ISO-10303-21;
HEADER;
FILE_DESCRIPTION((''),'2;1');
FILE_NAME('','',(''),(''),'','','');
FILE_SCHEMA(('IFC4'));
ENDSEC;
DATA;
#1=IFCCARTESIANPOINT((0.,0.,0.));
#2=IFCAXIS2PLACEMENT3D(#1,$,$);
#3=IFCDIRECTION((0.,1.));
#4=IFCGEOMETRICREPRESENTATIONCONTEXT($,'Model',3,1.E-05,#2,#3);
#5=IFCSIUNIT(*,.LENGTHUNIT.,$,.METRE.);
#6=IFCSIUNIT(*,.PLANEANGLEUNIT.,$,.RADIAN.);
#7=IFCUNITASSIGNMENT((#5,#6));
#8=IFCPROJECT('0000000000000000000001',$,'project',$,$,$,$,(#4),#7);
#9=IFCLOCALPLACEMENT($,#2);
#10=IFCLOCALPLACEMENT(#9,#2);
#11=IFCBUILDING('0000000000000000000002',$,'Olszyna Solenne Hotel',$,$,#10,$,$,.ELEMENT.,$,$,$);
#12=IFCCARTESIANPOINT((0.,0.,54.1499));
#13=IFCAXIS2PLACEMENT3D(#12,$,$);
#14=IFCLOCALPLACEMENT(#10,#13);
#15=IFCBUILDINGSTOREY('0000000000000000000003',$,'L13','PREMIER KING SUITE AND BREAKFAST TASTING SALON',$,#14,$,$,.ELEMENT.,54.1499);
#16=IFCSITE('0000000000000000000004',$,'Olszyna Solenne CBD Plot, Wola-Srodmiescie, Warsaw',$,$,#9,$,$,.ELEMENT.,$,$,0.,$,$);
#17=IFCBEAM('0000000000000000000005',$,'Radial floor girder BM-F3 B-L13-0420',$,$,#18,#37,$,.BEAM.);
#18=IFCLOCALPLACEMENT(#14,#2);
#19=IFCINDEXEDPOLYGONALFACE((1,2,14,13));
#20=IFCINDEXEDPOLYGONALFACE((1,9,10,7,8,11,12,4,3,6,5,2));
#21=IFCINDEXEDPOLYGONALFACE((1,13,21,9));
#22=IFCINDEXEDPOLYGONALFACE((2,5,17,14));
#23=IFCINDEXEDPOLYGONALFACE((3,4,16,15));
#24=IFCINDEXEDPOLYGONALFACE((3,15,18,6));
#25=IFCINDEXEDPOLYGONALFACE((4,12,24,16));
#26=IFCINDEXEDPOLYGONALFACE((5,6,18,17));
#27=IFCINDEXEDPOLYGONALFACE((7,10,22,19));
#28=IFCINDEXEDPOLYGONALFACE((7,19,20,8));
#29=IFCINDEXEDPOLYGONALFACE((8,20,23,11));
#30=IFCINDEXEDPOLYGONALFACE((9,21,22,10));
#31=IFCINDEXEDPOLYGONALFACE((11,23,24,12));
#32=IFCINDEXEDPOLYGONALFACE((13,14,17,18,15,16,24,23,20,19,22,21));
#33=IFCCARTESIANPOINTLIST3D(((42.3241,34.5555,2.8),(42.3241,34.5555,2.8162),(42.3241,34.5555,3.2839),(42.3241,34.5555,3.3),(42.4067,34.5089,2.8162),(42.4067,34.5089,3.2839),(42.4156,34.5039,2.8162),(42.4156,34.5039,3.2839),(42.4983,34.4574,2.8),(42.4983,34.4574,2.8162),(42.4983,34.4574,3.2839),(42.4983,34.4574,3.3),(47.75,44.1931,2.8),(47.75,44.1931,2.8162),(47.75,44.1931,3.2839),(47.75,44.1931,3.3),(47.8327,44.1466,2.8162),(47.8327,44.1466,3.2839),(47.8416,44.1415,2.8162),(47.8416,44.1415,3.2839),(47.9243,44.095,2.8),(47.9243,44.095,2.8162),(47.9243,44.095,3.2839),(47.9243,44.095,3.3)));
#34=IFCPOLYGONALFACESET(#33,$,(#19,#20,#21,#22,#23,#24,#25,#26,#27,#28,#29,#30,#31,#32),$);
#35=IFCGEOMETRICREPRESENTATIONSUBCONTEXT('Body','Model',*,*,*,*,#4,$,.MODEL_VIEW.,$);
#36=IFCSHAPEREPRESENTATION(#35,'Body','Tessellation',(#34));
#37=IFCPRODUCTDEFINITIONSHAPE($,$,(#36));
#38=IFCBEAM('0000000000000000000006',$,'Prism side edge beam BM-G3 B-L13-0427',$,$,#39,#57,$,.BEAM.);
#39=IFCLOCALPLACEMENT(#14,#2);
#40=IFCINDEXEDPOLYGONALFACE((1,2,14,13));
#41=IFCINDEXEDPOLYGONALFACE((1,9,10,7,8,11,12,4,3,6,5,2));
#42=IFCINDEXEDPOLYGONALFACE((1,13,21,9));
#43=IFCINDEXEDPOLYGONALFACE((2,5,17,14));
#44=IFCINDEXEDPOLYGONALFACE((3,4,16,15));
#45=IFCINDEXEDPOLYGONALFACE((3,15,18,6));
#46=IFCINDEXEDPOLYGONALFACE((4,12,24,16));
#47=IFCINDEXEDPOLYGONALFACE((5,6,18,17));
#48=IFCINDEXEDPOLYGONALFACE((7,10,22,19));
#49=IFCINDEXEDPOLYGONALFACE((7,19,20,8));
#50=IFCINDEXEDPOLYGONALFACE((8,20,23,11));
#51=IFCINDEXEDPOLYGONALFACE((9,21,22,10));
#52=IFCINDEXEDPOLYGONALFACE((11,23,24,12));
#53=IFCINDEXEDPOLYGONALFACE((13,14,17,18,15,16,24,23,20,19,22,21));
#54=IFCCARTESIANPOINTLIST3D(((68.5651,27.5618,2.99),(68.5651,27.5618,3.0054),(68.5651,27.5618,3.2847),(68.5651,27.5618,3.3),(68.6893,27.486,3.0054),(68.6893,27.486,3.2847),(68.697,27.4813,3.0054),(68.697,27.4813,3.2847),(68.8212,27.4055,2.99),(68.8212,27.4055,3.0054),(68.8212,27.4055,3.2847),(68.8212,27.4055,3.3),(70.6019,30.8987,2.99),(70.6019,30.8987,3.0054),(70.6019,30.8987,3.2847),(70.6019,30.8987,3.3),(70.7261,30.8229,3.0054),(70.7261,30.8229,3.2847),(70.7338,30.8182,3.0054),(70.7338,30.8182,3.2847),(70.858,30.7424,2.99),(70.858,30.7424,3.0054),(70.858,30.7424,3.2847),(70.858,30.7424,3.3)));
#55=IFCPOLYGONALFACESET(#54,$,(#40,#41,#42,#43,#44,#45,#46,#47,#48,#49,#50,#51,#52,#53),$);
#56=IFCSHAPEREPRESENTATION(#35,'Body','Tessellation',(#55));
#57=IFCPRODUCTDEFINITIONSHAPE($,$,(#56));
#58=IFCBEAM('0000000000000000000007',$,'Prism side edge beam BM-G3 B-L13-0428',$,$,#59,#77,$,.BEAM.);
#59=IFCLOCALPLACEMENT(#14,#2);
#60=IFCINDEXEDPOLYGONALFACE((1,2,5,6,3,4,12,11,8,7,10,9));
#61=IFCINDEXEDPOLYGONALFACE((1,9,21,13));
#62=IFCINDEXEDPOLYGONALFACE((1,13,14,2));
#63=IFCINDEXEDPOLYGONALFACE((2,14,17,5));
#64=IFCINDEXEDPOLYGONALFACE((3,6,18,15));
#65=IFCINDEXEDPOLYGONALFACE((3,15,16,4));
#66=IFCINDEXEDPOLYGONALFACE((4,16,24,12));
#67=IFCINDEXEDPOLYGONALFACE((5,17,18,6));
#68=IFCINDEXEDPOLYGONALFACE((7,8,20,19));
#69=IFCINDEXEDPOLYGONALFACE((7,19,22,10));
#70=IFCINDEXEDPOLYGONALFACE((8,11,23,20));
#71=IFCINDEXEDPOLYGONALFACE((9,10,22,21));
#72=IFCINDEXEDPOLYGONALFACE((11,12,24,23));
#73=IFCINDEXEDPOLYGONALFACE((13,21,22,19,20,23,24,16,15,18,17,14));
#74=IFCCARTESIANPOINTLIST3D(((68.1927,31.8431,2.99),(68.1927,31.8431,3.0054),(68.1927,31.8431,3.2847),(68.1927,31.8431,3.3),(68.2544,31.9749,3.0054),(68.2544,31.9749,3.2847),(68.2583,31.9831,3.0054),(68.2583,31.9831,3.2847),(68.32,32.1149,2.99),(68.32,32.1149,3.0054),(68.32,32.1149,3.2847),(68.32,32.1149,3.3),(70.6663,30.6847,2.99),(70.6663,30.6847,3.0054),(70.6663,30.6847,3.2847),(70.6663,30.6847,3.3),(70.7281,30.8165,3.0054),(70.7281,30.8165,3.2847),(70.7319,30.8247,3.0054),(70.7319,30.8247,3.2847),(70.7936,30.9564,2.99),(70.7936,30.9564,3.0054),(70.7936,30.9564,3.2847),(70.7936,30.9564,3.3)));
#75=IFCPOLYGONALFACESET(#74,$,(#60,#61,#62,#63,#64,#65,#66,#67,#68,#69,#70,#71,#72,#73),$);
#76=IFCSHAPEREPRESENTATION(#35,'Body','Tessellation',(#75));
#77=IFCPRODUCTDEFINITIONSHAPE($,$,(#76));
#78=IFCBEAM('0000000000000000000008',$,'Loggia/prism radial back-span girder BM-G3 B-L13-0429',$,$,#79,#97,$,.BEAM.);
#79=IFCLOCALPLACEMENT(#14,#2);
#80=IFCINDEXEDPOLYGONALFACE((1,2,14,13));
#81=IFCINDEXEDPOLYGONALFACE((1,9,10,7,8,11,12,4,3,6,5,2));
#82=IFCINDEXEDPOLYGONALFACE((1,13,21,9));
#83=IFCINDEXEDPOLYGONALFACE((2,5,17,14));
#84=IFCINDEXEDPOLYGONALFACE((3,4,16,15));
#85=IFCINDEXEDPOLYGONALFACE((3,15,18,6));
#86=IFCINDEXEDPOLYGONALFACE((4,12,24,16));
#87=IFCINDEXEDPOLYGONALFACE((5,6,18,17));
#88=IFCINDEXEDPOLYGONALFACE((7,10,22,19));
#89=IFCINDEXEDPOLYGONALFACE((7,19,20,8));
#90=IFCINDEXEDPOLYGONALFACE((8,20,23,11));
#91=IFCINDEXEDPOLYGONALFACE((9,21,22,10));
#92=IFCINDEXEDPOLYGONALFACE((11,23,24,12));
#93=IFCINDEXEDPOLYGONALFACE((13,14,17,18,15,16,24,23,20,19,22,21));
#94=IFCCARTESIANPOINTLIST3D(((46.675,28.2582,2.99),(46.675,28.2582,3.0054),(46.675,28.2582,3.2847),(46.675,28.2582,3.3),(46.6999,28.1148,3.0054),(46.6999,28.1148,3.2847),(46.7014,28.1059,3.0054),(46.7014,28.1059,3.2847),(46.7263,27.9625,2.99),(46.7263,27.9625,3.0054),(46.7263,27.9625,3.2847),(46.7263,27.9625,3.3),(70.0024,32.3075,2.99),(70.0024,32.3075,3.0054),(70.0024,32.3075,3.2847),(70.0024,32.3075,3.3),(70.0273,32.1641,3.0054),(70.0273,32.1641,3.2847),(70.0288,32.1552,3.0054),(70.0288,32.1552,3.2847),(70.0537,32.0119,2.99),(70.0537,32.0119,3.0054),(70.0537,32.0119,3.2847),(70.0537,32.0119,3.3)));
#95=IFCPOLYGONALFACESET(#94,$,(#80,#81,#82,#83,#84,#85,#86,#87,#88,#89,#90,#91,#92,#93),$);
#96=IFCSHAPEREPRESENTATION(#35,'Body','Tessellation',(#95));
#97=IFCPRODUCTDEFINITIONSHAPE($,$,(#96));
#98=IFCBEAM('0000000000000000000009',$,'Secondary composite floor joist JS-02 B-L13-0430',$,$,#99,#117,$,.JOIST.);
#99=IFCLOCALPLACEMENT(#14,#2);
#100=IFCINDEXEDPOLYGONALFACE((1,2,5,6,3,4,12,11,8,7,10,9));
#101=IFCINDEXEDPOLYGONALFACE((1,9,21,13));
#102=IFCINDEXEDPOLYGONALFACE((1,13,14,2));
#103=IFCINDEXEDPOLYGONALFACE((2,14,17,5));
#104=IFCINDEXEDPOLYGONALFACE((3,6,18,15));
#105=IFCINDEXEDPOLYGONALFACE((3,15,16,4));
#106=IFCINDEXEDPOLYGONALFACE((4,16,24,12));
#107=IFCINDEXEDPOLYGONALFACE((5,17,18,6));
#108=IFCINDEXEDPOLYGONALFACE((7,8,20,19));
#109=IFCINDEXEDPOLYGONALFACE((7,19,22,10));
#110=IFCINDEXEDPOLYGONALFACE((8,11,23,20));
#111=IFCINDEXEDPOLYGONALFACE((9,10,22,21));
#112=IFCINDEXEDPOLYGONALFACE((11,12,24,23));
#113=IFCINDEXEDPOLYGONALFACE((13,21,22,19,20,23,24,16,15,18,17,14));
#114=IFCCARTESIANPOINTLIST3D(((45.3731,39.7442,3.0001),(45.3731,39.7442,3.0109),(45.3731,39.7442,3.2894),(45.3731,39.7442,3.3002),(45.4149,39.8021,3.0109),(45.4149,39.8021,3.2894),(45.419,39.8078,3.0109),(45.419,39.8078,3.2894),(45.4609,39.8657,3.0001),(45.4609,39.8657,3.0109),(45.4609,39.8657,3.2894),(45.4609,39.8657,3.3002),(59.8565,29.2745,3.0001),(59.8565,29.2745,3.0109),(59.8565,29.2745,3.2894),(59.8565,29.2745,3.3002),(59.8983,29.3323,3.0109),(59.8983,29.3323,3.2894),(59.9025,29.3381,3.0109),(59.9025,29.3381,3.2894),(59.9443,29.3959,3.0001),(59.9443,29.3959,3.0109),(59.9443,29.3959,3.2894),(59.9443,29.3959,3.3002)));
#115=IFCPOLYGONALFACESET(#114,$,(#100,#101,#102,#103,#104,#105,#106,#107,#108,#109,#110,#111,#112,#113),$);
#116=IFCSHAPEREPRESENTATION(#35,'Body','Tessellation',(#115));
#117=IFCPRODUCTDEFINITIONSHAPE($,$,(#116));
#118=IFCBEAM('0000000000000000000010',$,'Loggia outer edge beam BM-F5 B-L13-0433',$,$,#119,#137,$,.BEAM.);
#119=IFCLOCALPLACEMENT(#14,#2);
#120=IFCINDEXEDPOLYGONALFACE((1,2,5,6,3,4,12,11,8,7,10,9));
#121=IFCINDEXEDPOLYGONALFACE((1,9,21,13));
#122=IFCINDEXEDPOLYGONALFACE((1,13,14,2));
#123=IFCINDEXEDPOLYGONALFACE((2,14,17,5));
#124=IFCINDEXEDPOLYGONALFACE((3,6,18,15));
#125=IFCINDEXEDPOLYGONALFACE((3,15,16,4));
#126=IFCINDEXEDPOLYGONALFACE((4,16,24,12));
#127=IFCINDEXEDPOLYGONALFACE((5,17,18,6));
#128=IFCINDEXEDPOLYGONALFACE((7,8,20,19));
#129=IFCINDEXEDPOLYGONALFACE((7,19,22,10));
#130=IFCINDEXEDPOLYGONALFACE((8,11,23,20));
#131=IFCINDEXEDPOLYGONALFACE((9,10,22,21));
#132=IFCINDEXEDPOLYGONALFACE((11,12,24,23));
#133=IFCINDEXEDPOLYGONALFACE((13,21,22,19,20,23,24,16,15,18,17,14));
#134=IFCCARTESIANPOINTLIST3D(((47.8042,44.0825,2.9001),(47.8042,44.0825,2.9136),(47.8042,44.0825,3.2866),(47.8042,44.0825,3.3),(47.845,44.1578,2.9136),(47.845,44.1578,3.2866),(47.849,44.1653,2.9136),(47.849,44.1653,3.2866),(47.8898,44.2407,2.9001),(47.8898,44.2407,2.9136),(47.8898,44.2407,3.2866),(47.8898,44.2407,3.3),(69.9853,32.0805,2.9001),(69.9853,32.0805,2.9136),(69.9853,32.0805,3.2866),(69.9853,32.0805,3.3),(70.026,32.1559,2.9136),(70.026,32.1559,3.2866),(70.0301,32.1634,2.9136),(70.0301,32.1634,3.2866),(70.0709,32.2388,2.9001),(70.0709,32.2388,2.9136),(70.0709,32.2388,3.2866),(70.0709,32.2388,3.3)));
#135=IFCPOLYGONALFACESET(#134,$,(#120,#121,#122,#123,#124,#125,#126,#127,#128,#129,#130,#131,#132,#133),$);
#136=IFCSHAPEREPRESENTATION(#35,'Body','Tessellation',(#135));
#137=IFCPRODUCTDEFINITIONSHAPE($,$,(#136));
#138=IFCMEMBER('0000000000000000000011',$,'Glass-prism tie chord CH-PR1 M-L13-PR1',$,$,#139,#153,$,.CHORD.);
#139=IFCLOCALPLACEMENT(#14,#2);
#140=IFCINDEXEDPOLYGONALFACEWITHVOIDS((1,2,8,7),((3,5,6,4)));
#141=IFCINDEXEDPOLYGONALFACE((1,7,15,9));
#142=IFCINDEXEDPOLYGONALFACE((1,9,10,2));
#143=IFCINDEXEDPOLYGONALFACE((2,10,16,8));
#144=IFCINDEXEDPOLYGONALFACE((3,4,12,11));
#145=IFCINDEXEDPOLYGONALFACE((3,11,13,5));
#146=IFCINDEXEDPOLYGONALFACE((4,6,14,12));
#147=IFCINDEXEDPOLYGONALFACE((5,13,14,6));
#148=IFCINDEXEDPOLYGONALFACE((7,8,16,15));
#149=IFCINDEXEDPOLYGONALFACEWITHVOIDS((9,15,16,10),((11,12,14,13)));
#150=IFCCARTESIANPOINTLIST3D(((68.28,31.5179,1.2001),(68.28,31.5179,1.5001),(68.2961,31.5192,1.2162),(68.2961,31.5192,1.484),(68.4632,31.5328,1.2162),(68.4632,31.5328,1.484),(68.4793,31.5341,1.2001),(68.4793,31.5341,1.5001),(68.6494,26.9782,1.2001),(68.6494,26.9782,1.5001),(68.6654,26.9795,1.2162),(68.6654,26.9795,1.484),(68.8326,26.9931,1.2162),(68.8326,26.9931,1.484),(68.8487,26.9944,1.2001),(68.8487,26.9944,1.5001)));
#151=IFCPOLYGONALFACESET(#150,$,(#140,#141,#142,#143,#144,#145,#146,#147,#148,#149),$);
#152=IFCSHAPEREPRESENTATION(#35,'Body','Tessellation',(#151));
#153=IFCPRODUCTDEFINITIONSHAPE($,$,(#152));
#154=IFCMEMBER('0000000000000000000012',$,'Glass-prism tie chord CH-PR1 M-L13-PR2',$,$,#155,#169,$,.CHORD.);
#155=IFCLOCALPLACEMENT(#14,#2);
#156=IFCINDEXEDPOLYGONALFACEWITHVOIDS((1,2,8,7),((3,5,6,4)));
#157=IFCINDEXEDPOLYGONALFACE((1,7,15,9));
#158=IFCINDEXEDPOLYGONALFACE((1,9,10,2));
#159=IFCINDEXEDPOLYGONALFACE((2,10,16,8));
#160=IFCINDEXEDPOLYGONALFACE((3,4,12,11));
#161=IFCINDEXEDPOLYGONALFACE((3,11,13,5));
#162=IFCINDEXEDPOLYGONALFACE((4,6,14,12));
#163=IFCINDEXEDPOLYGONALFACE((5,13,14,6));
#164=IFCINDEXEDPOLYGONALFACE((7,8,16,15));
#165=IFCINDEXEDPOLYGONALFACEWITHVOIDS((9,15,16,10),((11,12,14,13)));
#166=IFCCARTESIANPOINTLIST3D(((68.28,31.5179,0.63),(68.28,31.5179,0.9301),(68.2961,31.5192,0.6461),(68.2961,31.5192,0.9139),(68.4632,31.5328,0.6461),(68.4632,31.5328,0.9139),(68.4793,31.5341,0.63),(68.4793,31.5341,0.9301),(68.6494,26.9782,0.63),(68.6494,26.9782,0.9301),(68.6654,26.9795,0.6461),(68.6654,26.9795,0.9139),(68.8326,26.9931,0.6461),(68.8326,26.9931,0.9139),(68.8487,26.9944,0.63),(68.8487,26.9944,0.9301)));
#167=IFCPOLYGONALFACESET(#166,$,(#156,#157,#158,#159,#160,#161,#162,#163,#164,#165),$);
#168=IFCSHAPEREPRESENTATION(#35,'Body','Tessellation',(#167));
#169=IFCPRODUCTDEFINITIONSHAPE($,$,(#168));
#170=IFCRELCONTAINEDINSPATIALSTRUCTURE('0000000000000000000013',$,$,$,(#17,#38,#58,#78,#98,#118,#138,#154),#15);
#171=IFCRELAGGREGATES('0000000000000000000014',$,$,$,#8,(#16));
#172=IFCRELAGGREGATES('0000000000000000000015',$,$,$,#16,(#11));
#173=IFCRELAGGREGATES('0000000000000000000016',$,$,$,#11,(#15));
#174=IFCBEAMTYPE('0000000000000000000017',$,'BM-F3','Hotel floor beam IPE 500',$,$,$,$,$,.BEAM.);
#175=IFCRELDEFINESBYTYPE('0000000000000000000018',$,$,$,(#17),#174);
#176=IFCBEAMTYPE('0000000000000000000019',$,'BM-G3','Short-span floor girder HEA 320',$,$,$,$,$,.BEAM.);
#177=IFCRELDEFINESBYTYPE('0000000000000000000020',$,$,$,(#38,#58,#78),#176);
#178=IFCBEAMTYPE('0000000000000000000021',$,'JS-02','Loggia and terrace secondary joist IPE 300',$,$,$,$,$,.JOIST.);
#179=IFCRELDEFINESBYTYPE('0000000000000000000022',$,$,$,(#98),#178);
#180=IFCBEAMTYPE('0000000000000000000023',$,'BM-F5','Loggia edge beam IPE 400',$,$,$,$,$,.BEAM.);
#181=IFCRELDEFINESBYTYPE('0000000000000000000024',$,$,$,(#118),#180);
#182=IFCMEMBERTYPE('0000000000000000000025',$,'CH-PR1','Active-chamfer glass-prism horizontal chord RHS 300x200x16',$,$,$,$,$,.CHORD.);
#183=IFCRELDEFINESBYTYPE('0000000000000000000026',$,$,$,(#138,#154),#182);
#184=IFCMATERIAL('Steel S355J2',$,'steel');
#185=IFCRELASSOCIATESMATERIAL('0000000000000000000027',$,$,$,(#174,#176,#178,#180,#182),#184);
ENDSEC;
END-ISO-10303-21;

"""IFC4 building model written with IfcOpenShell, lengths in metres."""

from ifc_helpers import new_model, si_unit, direction, frame, origin, origin_2d, place, context, subcontext, project, spatial, hollow_rectangle, i_section, extrude, source, transform, mapped, material, material_profile, profile_set, type_object, element, save


model = new_model("IFC4")

# Units and contexts
model_context = context("Model", 3, precision=1e-05, world=origin(), true_north=direction((0.0, 1.0)))
body_context = subcontext(model_context, "Body", "Model", "MODEL_VIEW")
ifc_project = project(units=[si_unit("LENGTHUNIT", "METRE"), si_unit("PLANEANGLEUNIT", "RADIAN")], contexts=[model_context])

# Site, building, storey
site_placement = place(None, origin())
site = spatial("IfcSite", under=ifc_project, at=site_placement, Name="Olszyna Solenne CBD Plot, Wola-Srodmiescie, Warsaw", CompositionType="ELEMENT", RefElevation=0.0)
building_placement = place(site_placement, origin())
building = spatial("IfcBuilding", under=site, at=building_placement, Name="Olszyna Solenne Hotel", CompositionType="ELEMENT")
storey_placement = place(building_placement, frame((0.0, 0.0, 54.1499)))
storey = spatial("IfcBuildingStorey", under=building, at=storey_placement, Name="L13", Description="PREMIER KING SUITE AND BREAKFAST TASTING SALON", CompositionType="ELEMENT", Elevation=54.1499)

# Beams
ifc_material_1 = material(Name="Steel S355J2", Category="steel")
ifc_material_profile_1 = material_profile(ifc_material_1, i_section(OverallWidth=0.2, OverallDepth=0.5, WebThickness=0.0103, FlangeThickness=0.0161, at=origin_2d()), Name="IPE 500", Category="load-bearing")
ifc_profile_set_1 = profile_set([ifc_material_profile_1], Name="Steel S355J2")
beam_type_1 = type_object("IfcBeamType", Name="BM-F3", Description="Hotel floor beam IPE 500", PredefinedType="BEAM", material=ifc_profile_set_1)
shared_shape_1 = source(origin(), body_context, "Body", "SweptSolid", [
    extrude(i_section(OverallWidth=0.2, OverallDepth=0.5, WebThickness=0.0103, FlangeThickness=0.0161, at=origin_2d()), origin(), (0.0, 0.0, 1.0), 11.0601),
])
beam_1_placement = place(storey_placement, frame((47.8372, 44.144, 3.05), z_axis=(-0.490592, -0.871389, 0.0), x_axis=(0.871389, -0.490592, 0.0)))
element("IfcBeam", 1, at=beam_1_placement, inside=storey, type_object=beam_type_1, Name="Radial floor girder BM-F3 B-L13-0420", PredefinedType="BEAM", context=body_context, shape_type="MappedRepresentation", body=[
    mapped(shared_shape_1, transform((0.0, 0.0, 0.0), x_axis=(1.0, 0.0, 0.0), y_axis=(0.0, 1.0, 0.0), z_axis=(0.0, 0.0, 1.0), scale=1.0)),
])
ifc_material_profile_2 = material_profile(ifc_material_1, i_section(OverallWidth=0.3, OverallDepth=0.3101, WebThickness=0.009, FlangeThickness=0.0154, at=origin_2d()), Name="HEA 320", Category="load-bearing")
ifc_profile_set_2 = profile_set([ifc_material_profile_2], Name="Steel S355J2")
beam_type_2 = type_object("IfcBeamType", Name="BM-G3", Description="Short-span floor girder HEA 320", PredefinedType="BEAM", material=ifc_profile_set_2)
shared_shape_2 = source(origin(), body_context, "Body", "SweptSolid", [
    extrude(i_section(OverallWidth=0.3, OverallDepth=0.3101, WebThickness=0.009, FlangeThickness=0.0154, at=origin_2d()), origin(), (0.0, 0.0, 1.0), 3.9094),
])
beam_2_placement = place(storey_placement, frame((68.6931, 27.4836, 3.145), z_axis=(0.52101, 0.85355, 0.0), x_axis=(-0.85355, 0.52101, 0.0)))
element("IfcBeam", 2, at=beam_2_placement, inside=storey, type_object=beam_type_2, Name="Prism side edge beam BM-G3 B-L13-0427", PredefinedType="BEAM", context=body_context, shape_type="MappedRepresentation", body=[
    mapped(shared_shape_2, transform((0.0, 0.0, 0.0), x_axis=(1.0, 0.0, 0.0), y_axis=(0.0, 1.0, 0.0), z_axis=(0.0, 0.0, 1.0), scale=1.0)),
])
shared_shape_3 = source(origin(), body_context, "Body", "SweptSolid", [
    extrude(i_section(OverallWidth=0.3, OverallDepth=0.3101, WebThickness=0.009, FlangeThickness=0.0154, at=origin_2d()), origin(), (0.0, 0.0, 1.0), 2.7314),
])
beam_3_placement = place(storey_placement, frame((68.2563, 31.979, 3.145), z_axis=(0.905609, -0.424113, 0.0), x_axis=(0.424113, 0.905609, 0.0)))
element("IfcBeam", 3, at=beam_3_placement, inside=storey, type_object=beam_type_2, Name="Prism side edge beam BM-G3 B-L13-0428", PredefinedType="BEAM", context=body_context, shape_type="MappedRepresentation", body=[
    mapped(shared_shape_3, transform((0.0, 0.0, 0.0), x_axis=(1.0, 0.0, 0.0), y_axis=(0.0, 1.0, 0.0), z_axis=(0.0, 0.0, 1.0), scale=1.0)),
])
shared_shape_4 = source(origin(), body_context, "Body", "SweptSolid", [
    extrude(i_section(OverallWidth=0.3, OverallDepth=0.3101, WebThickness=0.009, FlangeThickness=0.0154, at=origin_2d()), origin(), (0.0, 0.0, 1.0), 23.6763),
])
beam_4_placement = place(storey_placement, frame((70.0281, 32.1597, 3.145), z_axis=(-0.985266, -0.171029, 0.0), x_axis=(0.171029, -0.985266, 0.0)))
element("IfcBeam", 4, at=beam_4_placement, inside=storey, type_object=beam_type_2, Name="Loggia/prism radial back-span girder BM-G3 B-L13-0429", PredefinedType="BEAM", context=body_context, shape_type="MappedRepresentation", body=[
    mapped(shared_shape_4, transform((0.0, 0.0, 0.0), x_axis=(1.0, 0.0, 0.0), y_axis=(0.0, 1.0, 0.0), z_axis=(0.0, 0.0, 1.0), scale=1.0)),
])
ifc_material_profile_3 = material_profile(ifc_material_1, i_section(OverallWidth=0.1499, OverallDepth=0.3, WebThickness=0.0071, FlangeThickness=0.0107, at=origin_2d()), Name="IPE 300", Category="load-bearing")
ifc_profile_set_3 = profile_set([ifc_material_profile_3], Name="Steel S355J2")
beam_type_3 = type_object("IfcBeamType", Name="JS-02", Description="Loggia and terrace secondary joist IPE 300", PredefinedType="JOIST", material=ifc_profile_set_3)
shared_shape_5 = source(origin(), body_context, "Body", "SweptSolid", [
    extrude(i_section(OverallWidth=0.1499, OverallDepth=0.3, WebThickness=0.0071, FlangeThickness=0.0107, at=origin_2d()), origin(), (0.0, 0.0, 1.0), 17.8713),
])
beam_5_placement = place(storey_placement, frame((59.9004, 29.3352, 3.1501), z_axis=(-0.810427, 0.58584, 0.0), x_axis=(-0.58584, -0.810427, 0.0)))
element("IfcBeam", 5, at=beam_5_placement, inside=storey, type_object=beam_type_3, Name="Secondary composite floor joist JS-02 B-L13-0430", PredefinedType="JOIST", context=body_context, shape_type="MappedRepresentation", body=[
    mapped(shared_shape_5, transform((0.0, 0.0, 0.0), x_axis=(1.0, 0.0, 0.0), y_axis=(0.0, 1.0, 0.0), z_axis=(0.0, 0.0, 1.0), scale=1.0)),
])
ifc_material_profile_4 = material_profile(ifc_material_1, i_section(OverallWidth=0.1799, OverallDepth=0.3999, WebThickness=0.0085, FlangeThickness=0.0134, at=origin_2d()), Name="IPE 400", Category="load-bearing")
ifc_profile_set_4 = profile_set([ifc_material_profile_4], Name="Steel S355J2")
beam_type_4 = type_object("IfcBeamType", Name="BM-F5", Description="Loggia edge beam IPE 400", PredefinedType="BEAM", material=ifc_profile_set_4)
shared_shape_6 = source(origin(), body_context, "Body", "SweptSolid", [
    extrude(i_section(OverallWidth=0.1799, OverallDepth=0.3999, WebThickness=0.0085, FlangeThickness=0.0134, at=origin_2d()), origin(), (0.0, 0.0, 1.0), 25.22),
])
beam_6_placement = place(storey_placement, frame((70.0281, 32.1597, 3.1001), z_axis=(-0.879505, 0.47589, 0.0), x_axis=(-0.47589, -0.879505, 0.0)))
element("IfcBeam", 6, at=beam_6_placement, inside=storey, type_object=beam_type_4, Name="Loggia outer edge beam BM-F5 B-L13-0433", PredefinedType="BEAM", context=body_context, shape_type="MappedRepresentation", body=[
    mapped(shared_shape_6, transform((0.0, 0.0, 0.0), x_axis=(1.0, 0.0, 0.0), y_axis=(0.0, 1.0, 0.0), z_axis=(0.0, 0.0, 1.0), scale=1.0)),
])

# Members
ifc_material_profile_5 = material_profile(ifc_material_1, hollow_rectangle(XDim=0.2, YDim=0.3, WallThickness=0.0161, at=origin_2d()), Name="RHS 300x200x16", Category="load-bearing")
ifc_profile_set_5 = profile_set([ifc_material_profile_5], Name="Steel S355J2")
member_type_1 = type_object("IfcMemberType", Name="CH-PR1", Description="Active-chamfer glass-prism horizontal chord RHS 300x200x16", PredefinedType="CHORD", material=ifc_profile_set_5)
shared_shape_7 = source(origin(), body_context, "Body", "SweptSolid", [
    extrude(hollow_rectangle(XDim=0.2, YDim=0.3, WallThickness=0.0161, at=origin_2d()), origin(), (0.0, 0.0, 1.0), 4.5547),
])
for number, where, z_axis, x_axis, name in (
    (7, (68.749, 26.9863, 1.3501), (-0.081098, 0.996706, 0.0), (-0.996706, -0.081098, 0.0), "Glass-prism tie chord CH-PR1 M-L13-PR1"),
    (8, (68.749, 26.9863, 0.78), (-0.081098, 0.996706, 0.0), (-0.996706, -0.081098, 0.0), "Glass-prism tie chord CH-PR1 M-L13-PR2"),
):
    element("IfcMember", number, at=place(storey_placement, frame(where, z_axis=z_axis, x_axis=x_axis)), inside=storey, type_object=member_type_1, Name=name, PredefinedType="CHORD", context=body_context, shape_type="MappedRepresentation", body=[
        mapped(shared_shape_7, transform((0.0, 0.0, 0.0), x_axis=(1.0, 0.0, 0.0), y_axis=(0.0, 1.0, 0.0), z_axis=(0.0, 0.0, 1.0), scale=1.0)),
    ])

save(model, "model.ifc")
